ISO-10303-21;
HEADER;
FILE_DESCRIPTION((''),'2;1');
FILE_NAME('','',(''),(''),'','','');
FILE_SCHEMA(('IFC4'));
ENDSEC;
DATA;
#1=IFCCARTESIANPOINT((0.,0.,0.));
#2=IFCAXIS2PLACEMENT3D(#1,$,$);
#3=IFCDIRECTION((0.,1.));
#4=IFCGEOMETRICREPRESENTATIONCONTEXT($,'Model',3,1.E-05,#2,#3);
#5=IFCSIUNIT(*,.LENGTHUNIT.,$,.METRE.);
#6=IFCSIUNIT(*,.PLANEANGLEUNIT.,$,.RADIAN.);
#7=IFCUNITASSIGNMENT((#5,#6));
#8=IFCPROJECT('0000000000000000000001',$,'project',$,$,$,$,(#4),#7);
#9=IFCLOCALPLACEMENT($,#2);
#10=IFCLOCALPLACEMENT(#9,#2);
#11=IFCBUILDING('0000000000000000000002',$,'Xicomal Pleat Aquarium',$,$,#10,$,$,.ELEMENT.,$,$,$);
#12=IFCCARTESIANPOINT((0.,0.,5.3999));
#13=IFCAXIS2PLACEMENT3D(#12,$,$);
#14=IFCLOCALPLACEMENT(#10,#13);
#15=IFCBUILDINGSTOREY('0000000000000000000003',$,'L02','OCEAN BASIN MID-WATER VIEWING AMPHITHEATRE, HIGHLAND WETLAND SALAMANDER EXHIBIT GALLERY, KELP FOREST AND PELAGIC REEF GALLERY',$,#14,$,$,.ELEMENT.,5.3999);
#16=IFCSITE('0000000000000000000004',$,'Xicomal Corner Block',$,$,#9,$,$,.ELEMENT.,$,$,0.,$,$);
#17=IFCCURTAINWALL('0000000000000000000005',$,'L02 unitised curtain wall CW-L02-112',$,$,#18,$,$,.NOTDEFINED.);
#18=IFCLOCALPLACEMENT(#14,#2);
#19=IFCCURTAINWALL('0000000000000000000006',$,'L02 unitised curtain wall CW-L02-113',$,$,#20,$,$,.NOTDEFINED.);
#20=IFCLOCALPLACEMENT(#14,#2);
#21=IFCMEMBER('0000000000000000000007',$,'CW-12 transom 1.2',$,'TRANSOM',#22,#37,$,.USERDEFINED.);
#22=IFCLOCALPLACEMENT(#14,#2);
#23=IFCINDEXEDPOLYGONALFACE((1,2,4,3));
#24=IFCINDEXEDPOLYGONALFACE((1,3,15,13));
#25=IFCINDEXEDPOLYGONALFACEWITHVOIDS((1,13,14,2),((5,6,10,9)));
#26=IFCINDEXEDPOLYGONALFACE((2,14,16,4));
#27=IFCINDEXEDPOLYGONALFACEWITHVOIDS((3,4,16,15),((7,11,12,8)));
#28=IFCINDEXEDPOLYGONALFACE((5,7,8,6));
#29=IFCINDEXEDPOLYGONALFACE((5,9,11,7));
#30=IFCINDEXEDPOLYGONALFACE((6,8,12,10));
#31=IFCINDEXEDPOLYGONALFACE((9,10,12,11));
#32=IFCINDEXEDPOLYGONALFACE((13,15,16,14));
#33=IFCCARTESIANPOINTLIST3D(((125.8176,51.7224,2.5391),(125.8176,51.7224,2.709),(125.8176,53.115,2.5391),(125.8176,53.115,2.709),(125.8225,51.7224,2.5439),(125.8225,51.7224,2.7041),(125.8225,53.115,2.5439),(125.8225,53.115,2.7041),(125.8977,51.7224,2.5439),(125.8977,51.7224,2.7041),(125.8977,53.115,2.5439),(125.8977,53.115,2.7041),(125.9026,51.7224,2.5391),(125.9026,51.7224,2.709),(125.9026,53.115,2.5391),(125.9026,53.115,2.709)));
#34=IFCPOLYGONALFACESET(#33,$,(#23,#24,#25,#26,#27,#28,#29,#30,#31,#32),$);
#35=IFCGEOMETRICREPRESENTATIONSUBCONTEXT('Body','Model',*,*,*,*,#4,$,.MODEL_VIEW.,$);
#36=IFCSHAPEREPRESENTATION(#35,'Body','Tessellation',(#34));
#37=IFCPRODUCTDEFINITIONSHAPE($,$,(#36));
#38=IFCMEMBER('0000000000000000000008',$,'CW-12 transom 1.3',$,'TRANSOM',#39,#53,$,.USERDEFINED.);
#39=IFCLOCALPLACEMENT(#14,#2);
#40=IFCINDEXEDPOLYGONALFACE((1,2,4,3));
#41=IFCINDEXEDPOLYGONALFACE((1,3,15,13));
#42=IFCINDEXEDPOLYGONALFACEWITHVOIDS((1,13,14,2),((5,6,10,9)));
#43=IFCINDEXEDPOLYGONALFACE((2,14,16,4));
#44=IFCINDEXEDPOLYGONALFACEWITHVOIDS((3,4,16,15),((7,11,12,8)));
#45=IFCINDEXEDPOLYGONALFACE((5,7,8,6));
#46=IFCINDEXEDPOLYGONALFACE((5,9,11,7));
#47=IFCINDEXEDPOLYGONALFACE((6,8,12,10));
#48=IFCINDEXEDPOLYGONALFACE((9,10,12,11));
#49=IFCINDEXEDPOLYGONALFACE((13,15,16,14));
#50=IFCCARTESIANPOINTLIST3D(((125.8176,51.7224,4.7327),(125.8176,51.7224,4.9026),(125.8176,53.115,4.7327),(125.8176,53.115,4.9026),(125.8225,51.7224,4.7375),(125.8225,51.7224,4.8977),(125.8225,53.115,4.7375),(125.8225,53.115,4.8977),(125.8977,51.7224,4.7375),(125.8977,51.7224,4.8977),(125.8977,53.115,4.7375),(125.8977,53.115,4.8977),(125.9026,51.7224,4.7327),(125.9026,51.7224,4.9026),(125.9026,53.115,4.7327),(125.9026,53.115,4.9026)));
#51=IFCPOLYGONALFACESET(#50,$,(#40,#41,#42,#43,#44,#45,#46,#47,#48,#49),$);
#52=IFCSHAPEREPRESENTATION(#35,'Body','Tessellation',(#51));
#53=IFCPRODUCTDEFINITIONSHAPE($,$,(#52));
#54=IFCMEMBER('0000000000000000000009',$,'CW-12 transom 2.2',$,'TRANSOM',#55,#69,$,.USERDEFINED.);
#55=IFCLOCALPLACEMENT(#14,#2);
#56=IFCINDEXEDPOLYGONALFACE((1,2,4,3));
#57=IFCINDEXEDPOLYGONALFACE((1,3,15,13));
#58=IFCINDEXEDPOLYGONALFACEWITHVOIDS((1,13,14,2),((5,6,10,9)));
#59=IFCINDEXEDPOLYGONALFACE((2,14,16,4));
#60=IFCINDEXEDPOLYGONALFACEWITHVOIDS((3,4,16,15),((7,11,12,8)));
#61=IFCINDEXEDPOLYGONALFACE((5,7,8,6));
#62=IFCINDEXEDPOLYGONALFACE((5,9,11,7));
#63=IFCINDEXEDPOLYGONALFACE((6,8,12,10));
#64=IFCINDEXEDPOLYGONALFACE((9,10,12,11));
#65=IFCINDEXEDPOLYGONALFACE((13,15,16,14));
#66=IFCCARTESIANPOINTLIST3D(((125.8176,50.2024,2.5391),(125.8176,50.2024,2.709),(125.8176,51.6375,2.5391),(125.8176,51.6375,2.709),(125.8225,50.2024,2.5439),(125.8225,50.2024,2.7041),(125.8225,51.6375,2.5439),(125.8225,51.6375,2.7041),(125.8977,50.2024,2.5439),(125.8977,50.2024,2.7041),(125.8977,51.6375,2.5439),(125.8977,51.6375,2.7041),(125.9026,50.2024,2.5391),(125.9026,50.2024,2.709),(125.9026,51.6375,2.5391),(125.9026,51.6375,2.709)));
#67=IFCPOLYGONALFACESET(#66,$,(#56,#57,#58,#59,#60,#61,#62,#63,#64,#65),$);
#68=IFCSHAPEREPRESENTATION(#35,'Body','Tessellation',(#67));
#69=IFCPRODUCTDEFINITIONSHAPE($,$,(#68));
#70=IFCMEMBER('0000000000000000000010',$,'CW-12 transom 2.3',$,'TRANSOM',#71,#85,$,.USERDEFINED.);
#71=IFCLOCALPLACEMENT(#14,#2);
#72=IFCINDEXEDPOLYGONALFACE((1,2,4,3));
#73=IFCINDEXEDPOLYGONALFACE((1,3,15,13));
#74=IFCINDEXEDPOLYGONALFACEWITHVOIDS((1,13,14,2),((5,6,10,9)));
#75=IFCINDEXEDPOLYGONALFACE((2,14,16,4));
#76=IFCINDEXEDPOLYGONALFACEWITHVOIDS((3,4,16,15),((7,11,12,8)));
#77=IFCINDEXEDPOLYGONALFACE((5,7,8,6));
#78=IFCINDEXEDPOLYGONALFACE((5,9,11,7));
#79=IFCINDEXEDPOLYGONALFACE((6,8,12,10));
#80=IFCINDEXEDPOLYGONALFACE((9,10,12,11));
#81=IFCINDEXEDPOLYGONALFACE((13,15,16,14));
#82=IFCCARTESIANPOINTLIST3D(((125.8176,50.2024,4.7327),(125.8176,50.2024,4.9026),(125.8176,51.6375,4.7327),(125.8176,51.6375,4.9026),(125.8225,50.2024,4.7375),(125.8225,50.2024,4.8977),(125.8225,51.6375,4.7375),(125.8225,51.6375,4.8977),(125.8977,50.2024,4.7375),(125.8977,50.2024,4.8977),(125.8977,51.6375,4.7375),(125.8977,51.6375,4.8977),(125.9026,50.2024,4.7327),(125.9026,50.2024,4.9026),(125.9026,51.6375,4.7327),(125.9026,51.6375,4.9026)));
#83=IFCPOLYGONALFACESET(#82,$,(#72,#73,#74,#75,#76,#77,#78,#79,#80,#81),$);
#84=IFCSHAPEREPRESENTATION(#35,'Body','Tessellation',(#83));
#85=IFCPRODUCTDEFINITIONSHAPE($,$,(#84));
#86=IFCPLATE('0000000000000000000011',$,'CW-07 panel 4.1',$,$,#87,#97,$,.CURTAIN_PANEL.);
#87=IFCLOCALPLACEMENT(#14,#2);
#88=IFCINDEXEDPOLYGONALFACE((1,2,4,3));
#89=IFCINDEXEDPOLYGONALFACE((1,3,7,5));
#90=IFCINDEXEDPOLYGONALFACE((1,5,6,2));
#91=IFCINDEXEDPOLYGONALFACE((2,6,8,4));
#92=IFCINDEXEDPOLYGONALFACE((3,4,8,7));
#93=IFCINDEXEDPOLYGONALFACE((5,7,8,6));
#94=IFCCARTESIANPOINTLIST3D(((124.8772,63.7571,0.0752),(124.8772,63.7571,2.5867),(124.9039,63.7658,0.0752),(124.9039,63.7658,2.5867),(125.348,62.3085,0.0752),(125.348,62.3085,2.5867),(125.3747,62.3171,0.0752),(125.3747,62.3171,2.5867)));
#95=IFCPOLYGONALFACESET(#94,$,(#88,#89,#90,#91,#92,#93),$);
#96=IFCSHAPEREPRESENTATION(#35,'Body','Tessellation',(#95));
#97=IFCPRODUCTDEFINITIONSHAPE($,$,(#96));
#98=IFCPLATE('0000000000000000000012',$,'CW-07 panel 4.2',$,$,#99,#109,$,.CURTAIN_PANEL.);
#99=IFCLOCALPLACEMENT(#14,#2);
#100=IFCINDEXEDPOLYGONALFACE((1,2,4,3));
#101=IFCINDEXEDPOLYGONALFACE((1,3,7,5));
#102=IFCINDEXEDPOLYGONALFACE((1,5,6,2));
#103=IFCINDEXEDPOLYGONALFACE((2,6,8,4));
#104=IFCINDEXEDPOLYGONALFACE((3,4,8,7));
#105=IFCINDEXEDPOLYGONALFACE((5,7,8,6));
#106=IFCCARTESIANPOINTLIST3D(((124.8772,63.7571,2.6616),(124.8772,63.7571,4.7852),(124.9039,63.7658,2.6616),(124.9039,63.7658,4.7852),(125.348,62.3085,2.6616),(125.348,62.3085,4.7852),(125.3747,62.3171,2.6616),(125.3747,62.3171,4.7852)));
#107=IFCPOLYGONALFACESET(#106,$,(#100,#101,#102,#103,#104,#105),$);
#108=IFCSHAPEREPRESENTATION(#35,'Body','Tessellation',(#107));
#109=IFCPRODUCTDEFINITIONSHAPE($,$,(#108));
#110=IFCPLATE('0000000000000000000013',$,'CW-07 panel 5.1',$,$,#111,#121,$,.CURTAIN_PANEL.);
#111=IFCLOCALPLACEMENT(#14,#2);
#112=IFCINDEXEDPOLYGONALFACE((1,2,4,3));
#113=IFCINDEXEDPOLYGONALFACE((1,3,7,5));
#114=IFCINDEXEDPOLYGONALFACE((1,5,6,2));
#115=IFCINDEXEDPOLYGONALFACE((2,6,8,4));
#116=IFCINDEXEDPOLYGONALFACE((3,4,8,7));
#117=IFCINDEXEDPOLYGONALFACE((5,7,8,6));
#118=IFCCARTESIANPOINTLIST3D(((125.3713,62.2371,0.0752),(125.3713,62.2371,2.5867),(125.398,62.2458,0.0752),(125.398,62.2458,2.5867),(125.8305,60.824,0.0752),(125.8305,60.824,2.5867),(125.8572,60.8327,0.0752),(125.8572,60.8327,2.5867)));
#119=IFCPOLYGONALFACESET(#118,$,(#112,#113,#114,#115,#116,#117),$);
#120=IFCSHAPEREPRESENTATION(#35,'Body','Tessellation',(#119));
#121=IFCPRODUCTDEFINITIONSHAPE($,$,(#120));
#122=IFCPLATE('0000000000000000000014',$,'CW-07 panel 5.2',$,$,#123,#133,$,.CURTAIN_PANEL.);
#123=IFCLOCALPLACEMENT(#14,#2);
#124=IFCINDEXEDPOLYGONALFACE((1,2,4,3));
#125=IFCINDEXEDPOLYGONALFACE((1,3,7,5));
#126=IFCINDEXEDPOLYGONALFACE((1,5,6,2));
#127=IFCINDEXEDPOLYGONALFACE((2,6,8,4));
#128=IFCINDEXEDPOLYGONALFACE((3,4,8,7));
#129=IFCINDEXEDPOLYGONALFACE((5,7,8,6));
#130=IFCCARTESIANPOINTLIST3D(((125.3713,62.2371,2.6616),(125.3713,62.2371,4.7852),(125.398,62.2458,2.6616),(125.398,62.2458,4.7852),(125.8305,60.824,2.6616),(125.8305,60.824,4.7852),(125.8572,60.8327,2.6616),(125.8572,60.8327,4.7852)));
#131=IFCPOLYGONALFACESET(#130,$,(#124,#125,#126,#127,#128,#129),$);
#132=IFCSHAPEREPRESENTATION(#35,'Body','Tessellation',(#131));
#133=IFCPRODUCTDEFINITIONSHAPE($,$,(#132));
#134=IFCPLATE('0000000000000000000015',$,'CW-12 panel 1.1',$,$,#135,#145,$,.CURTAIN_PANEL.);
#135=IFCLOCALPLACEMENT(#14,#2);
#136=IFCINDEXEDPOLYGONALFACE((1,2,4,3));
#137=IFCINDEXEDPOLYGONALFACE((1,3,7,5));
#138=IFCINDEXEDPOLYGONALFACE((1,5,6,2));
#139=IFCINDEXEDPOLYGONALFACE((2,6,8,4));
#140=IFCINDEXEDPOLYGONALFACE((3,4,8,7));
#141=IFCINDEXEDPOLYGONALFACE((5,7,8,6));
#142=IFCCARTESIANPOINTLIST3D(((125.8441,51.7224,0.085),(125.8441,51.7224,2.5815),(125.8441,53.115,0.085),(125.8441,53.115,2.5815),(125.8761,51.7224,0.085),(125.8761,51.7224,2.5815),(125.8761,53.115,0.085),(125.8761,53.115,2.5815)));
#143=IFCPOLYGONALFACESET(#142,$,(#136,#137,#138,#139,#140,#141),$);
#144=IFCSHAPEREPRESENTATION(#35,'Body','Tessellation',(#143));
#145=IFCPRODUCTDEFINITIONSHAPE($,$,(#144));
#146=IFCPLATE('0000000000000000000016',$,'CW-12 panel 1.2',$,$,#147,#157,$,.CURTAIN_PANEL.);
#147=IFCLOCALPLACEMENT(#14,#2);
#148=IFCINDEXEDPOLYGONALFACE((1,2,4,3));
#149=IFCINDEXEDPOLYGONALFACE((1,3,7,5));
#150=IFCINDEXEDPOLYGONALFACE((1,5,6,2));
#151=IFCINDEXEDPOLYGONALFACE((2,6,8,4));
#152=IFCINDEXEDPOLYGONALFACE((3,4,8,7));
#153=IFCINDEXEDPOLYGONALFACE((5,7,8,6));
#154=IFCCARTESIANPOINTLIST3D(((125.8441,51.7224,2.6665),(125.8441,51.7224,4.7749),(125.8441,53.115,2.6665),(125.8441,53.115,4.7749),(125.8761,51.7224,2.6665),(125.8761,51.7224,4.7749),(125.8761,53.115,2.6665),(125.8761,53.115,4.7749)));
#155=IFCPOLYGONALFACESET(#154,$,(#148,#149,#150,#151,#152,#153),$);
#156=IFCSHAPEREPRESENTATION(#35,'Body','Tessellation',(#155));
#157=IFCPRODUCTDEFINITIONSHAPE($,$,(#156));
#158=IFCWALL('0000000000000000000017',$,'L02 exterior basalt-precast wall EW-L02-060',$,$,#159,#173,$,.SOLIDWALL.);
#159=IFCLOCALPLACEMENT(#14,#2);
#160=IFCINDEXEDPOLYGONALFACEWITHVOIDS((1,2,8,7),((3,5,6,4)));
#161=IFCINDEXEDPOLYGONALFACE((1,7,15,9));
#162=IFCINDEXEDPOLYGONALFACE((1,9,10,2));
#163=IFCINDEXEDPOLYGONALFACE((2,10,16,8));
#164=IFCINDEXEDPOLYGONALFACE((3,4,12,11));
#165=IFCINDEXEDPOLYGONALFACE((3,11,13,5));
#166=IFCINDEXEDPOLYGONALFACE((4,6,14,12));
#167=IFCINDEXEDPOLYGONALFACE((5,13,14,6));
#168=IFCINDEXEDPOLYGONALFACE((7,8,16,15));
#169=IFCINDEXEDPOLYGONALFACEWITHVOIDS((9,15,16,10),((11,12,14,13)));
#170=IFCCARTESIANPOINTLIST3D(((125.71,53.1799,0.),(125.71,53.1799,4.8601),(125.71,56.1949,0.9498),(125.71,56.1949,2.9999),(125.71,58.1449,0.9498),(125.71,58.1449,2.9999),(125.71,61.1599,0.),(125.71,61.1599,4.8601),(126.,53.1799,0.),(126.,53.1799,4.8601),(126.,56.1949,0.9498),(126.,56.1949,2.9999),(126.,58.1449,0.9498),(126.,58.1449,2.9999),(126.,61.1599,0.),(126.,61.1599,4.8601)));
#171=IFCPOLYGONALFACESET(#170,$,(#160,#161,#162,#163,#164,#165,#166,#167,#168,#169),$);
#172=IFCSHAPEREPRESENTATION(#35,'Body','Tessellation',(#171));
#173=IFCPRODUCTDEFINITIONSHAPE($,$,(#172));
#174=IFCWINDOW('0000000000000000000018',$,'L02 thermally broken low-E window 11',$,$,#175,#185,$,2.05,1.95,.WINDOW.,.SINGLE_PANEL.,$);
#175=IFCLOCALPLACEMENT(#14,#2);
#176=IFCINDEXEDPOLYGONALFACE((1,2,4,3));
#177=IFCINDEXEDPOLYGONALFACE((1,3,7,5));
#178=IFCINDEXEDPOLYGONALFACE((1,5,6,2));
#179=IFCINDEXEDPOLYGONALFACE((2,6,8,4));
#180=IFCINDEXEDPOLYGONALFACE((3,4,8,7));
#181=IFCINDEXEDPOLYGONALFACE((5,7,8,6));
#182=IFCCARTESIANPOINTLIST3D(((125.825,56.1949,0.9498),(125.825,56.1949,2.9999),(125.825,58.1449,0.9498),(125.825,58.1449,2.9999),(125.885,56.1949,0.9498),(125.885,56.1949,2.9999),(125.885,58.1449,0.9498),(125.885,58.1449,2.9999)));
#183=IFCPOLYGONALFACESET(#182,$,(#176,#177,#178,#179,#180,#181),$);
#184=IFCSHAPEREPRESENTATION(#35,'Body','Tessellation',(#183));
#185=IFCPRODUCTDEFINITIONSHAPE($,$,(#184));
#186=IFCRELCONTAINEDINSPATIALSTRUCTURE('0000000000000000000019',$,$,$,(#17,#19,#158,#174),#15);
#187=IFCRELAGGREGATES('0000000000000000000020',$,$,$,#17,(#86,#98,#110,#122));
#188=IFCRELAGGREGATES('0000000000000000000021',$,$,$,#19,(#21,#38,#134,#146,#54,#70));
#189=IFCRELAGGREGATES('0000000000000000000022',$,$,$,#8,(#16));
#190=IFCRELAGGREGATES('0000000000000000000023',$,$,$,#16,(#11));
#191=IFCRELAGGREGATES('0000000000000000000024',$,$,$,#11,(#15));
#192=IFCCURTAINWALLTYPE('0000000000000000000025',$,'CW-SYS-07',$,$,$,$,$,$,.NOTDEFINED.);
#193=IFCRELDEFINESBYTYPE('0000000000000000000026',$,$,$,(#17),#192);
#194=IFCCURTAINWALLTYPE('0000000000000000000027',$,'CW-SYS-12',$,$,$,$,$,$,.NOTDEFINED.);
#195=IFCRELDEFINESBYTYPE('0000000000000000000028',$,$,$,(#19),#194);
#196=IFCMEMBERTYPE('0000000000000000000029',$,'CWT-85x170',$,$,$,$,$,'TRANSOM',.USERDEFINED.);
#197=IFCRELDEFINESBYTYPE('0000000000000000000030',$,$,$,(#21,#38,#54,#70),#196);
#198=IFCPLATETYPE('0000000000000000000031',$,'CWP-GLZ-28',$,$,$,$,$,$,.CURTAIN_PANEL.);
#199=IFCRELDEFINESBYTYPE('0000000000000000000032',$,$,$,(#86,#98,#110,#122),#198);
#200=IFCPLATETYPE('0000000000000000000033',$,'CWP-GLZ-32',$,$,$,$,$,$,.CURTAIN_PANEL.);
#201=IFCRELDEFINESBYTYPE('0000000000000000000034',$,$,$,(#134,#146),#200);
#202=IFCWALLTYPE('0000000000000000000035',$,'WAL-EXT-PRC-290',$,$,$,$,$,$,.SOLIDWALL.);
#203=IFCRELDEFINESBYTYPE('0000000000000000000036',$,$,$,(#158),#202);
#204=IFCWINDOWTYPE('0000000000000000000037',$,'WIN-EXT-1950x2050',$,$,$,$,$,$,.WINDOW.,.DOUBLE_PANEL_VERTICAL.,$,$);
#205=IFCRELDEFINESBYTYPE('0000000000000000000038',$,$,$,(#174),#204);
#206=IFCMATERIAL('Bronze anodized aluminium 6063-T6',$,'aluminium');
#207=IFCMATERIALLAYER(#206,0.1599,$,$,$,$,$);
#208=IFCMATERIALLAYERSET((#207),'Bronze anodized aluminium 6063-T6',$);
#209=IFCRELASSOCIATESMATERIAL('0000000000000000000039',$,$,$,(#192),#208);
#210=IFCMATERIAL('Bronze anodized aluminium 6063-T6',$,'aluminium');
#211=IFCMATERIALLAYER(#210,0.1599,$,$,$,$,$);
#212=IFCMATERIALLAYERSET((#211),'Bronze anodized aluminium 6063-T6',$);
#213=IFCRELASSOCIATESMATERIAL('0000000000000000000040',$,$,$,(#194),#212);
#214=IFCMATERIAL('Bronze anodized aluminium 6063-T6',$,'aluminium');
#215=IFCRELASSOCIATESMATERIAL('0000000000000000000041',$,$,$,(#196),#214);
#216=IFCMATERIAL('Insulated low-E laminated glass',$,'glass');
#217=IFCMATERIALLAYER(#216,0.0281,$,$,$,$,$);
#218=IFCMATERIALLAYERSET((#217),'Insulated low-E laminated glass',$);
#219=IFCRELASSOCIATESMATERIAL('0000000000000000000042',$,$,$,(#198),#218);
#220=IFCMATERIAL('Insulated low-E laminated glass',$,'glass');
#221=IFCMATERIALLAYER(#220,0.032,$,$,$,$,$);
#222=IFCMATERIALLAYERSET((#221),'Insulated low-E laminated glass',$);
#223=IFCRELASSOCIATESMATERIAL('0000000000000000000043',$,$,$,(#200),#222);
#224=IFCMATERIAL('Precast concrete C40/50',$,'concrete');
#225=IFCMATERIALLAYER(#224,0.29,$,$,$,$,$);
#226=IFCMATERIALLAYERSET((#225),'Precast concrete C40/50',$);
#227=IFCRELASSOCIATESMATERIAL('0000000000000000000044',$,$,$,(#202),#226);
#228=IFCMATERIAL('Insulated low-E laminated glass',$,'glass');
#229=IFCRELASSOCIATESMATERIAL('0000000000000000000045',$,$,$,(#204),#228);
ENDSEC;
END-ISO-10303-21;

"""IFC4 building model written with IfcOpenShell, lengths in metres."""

from ifc_helpers import new_model, si_unit, direction, frame, frame_2d, origin, origin_2d, place, context, subcontext, project, spatial, rectangle, hollow_rectangle, extrude, material, layer, layer_set, material_profile, profile_set, type_object, element, fill, aggregate, save


model = new_model("IFC4")

# Units and contexts
model_context = context("Model", 3, precision=1e-05, world=origin(), true_north=direction((0.0, 1.0)))
body_context = subcontext(model_context, "Body", "Model", "MODEL_VIEW")
ifc_project = project(units=[si_unit("LENGTHUNIT", "METRE"), si_unit("PLANEANGLEUNIT", "RADIAN")], contexts=[model_context])

# Site, building, storey
site_placement = place(None, origin())
site = spatial("IfcSite", under=ifc_project, at=site_placement, Name="Xicomal Corner Block", CompositionType="ELEMENT", RefElevation=0.0)
building_placement = place(site_placement, origin())
building = spatial("IfcBuilding", under=site, at=building_placement, Name="Xicomal Pleat Aquarium", CompositionType="ELEMENT")
storey_placement = place(building_placement, frame((0.0, 0.0, 5.3999)))
storey = spatial("IfcBuildingStorey", under=building, at=storey_placement, Name="L02", Description="OCEAN BASIN MID-WATER VIEWING AMPHITHEATRE, HIGHLAND WETLAND SALAMANDER EXHIBIT GALLERY, KELP FOREST AND PELAGIC REEF GALLERY", CompositionType="ELEMENT", Elevation=5.3999)

# Curtain walls
ifc_material_1 = material(Name="Bronze anodized aluminium 6063-T6", Category="aluminium")
ifc_layer_1 = layer(ifc_material_1, 0.1599)
ifc_layer_set_1 = layer_set([ifc_layer_1], Name="Bronze anodized aluminium 6063-T6")
curtain_wall_type_1 = type_object("IfcCurtainWallType", Name="CW-SYS-07", PredefinedType="NOTDEFINED", material=ifc_layer_set_1)
curtain_wall_1_placement = place(storey_placement, origin())
curtain_wall_1 = element("IfcCurtainWall", 1, at=curtain_wall_1_placement, inside=storey, type_object=curtain_wall_type_1, Name="L02 unitised curtain wall CW-L02-112", PredefinedType="NOTDEFINED")
ifc_material_2 = material(Name="Bronze anodized aluminium 6063-T6", Category="aluminium")
ifc_layer_2 = layer(ifc_material_2, 0.1599)
ifc_layer_set_2 = layer_set([ifc_layer_2], Name="Bronze anodized aluminium 6063-T6")
curtain_wall_type_2 = type_object("IfcCurtainWallType", Name="CW-SYS-12", PredefinedType="NOTDEFINED", material=ifc_layer_set_2)
curtain_wall_2_placement = place(storey_placement, origin())
curtain_wall_2 = element("IfcCurtainWall", 2, at=curtain_wall_2_placement, inside=storey, type_object=curtain_wall_type_2, Name="L02 unitised curtain wall CW-L02-113", PredefinedType="NOTDEFINED")

# Members
ifc_material_3 = material(Name="Bronze anodized aluminium 6063-T6", Category="aluminium")
ifc_material_profile_1 = material_profile(ifc_material_3, hollow_rectangle(XDim=0.085, YDim=0.1699, WallThickness=0.0049, at=origin_2d()), Name="ALU TRAN 85x170")
ifc_profile_set_1 = profile_set([ifc_material_profile_1], Name="Bronze anodized aluminium 6063-T6")
member_type_1 = type_object("IfcMemberType", Name="CWT-85x170", ElementType="TRANSOM", PredefinedType="USERDEFINED", material=ifc_profile_set_1)
member_1_placement = place(storey_placement, frame((125.8601, 53.115, 2.624), z_axis=(0.0, -1.0, 0.0), x_axis=(1.0, 0.0, 0.0)))
member_1 = element("IfcMember", 3, at=member_1_placement, type_object=member_type_1, Name="CW-12 transom 1.2", ObjectType="TRANSOM", PredefinedType="USERDEFINED", context=body_context, shape_type="SweptSolid", body=[
    extrude(hollow_rectangle(XDim=0.085, YDim=0.1699, WallThickness=0.0049, at=origin_2d()), origin(), (0.0, 0.0, 1.0), 1.3926),
])
member_2_placement = place(storey_placement, frame((125.8601, 53.115, 4.8176), z_axis=(0.0, -1.0, 0.0), x_axis=(1.0, 0.0, 0.0)))
member_2 = element("IfcMember", 4, at=member_2_placement, type_object=member_type_1, Name="CW-12 transom 1.3", ObjectType="TRANSOM", PredefinedType="USERDEFINED", context=body_context, shape_type="SweptSolid", body=[
    extrude(hollow_rectangle(XDim=0.085, YDim=0.1699, WallThickness=0.0049, at=origin_2d()), origin(), (0.0, 0.0, 1.0), 1.3926),
])
member_3_placement = place(storey_placement, frame((125.8601, 51.6375, 2.624), z_axis=(0.0, -1.0, 0.0), x_axis=(1.0, 0.0, 0.0)))
member_3 = element("IfcMember", 5, at=member_3_placement, type_object=member_type_1, Name="CW-12 transom 2.2", ObjectType="TRANSOM", PredefinedType="USERDEFINED", context=body_context, shape_type="SweptSolid", body=[
    extrude(hollow_rectangle(XDim=0.085, YDim=0.1699, WallThickness=0.0049, at=origin_2d()), origin(), (0.0, 0.0, 1.0), 1.4351),
])
member_4_placement = place(storey_placement, frame((125.8601, 51.6375, 4.8176), z_axis=(0.0, -1.0, 0.0), x_axis=(1.0, 0.0, 0.0)))
member_4 = element("IfcMember", 6, at=member_4_placement, type_object=member_type_1, Name="CW-12 transom 2.3", ObjectType="TRANSOM", PredefinedType="USERDEFINED", context=body_context, shape_type="SweptSolid", body=[
    extrude(hollow_rectangle(XDim=0.085, YDim=0.1699, WallThickness=0.0049, at=origin_2d()), origin(), (0.0, 0.0, 1.0), 1.4351),
])

# Plates
ifc_material_4 = material(Name="Insulated low-E laminated glass", Category="glass")
ifc_layer_3 = layer(ifc_material_4, 0.0281)
ifc_layer_set_3 = layer_set([ifc_layer_3], Name="Insulated low-E laminated glass")
plate_type_1 = type_object("IfcPlateType", Name="CWP-GLZ-28", PredefinedType="CURTAIN_PANEL", material=ifc_layer_set_3)
plate_1_placement = place(storey_placement, frame((125.126, 63.0371, 0.0752), z_axis=(0.0, 0.0, 1.0), x_axis=(0.309086, -0.951034, 0.0)))
plate_1 = element("IfcPlate", 7, at=plate_1_placement, type_object=plate_type_1, Name="CW-07 panel 4.1", PredefinedType="CURTAIN_PANEL", context=body_context, shape_type="SweptSolid", body=[
    extrude(rectangle(XDim=1.5232, YDim=0.0281, at=origin_2d()), origin(), (0.0, 0.0, 1.0), 2.5115),
])
plate_2_placement = place(storey_placement, frame((125.126, 63.0371, 2.6616), z_axis=(0.0, 0.0, 1.0), x_axis=(0.309086, -0.951034, 0.0)))
plate_2 = element("IfcPlate", 8, at=plate_2_placement, type_object=plate_type_1, Name="CW-07 panel 4.2", PredefinedType="CURTAIN_PANEL", context=body_context, shape_type="SweptSolid", body=[
    extrude(rectangle(XDim=1.5232, YDim=0.0281, at=origin_2d()), origin(), (0.0, 0.0, 1.0), 2.1235),
])
plate_3_placement = place(storey_placement, frame((125.6143, 61.5349, 0.0752), z_axis=(0.0, 0.0, 1.0), x_axis=(0.309086, -0.951034, 0.0)))
plate_3 = element("IfcPlate", 9, at=plate_3_placement, type_object=plate_type_1, Name="CW-07 panel 5.1", PredefinedType="CURTAIN_PANEL", context=body_context, shape_type="SweptSolid", body=[
    extrude(rectangle(XDim=1.4858, YDim=0.0281, at=origin_2d()), origin(), (0.0, 0.0, 1.0), 2.5115),
])
plate_4_placement = place(storey_placement, frame((125.6143, 61.5349, 2.6616), z_axis=(0.0, 0.0, 1.0), x_axis=(0.309086, -0.951034, 0.0)))
plate_4 = element("IfcPlate", 10, at=plate_4_placement, type_object=plate_type_1, Name="CW-07 panel 5.2", PredefinedType="CURTAIN_PANEL", context=body_context, shape_type="SweptSolid", body=[
    extrude(rectangle(XDim=1.4858, YDim=0.0281, at=origin_2d()), origin(), (0.0, 0.0, 1.0), 2.1235),
])
aggregate(curtain_wall_1, [plate_1, plate_2, plate_3, plate_4])
ifc_material_5 = material(Name="Insulated low-E laminated glass", Category="glass")
ifc_layer_4 = layer(ifc_material_5, 0.032)
ifc_layer_set_4 = layer_set([ifc_layer_4], Name="Insulated low-E laminated glass")
plate_type_2 = type_object("IfcPlateType", Name="CWP-GLZ-32", PredefinedType="CURTAIN_PANEL", material=ifc_layer_set_4)
plate_5_placement = place(storey_placement, frame((125.8601, 52.4187, 0.085), z_axis=(0.0, 0.0, 1.0), x_axis=(0.0, -1.0, 0.0)))
plate_5 = element("IfcPlate", 11, at=plate_5_placement, type_object=plate_type_2, Name="CW-12 panel 1.1", PredefinedType="CURTAIN_PANEL", context=body_context, shape_type="SweptSolid", body=[
    extrude(rectangle(XDim=1.3926, YDim=0.032, at=origin_2d()), origin(), (0.0, 0.0, 1.0), 2.4966),
])
plate_6_placement = place(storey_placement, frame((125.8601, 52.4187, 2.6665), z_axis=(0.0, 0.0, 1.0), x_axis=(0.0, -1.0, 0.0)))
plate_6 = element("IfcPlate", 12, at=plate_6_placement, type_object=plate_type_2, Name="CW-12 panel 1.2", PredefinedType="CURTAIN_PANEL", context=body_context, shape_type="SweptSolid", body=[
    extrude(rectangle(XDim=1.3926, YDim=0.032, at=origin_2d()), origin(), (0.0, 0.0, 1.0), 2.1084),
])
aggregate(curtain_wall_2, [member_1, member_2, plate_5, plate_6, member_3, member_4])

# Wall, opening, window
ifc_material_6 = material(Name="Precast concrete C40/50", Category="concrete")
ifc_layer_5 = layer(ifc_material_6, 0.29)
ifc_layer_set_5 = layer_set([ifc_layer_5], Name="Precast concrete C40/50")
wall_type = type_object("IfcWallType", Name="WAL-EXT-PRC-290", PredefinedType="SOLIDWALL", material=ifc_layer_set_5)
wall_placement = place(storey_placement, frame((125.855, 61.1599, 0.0), z_axis=(0.0, 0.0, 1.0), x_axis=(0.0, -1.0, 0.0)))
wall = element("IfcWall", 13, at=wall_placement, inside=storey, type_object=wall_type, Name="L02 exterior basalt-precast wall EW-L02-060", PredefinedType="SOLIDWALL", context=body_context, shape_type="SweptSolid", body=[
    extrude(rectangle(XDim=7.98, YDim=0.29, at=frame_2d((3.99, 0.0))), origin(), (0.0, 0.0, 1.0), 4.8601),
])
opening_placement = place(wall_placement, frame((3.0149, 0.0, 0.95)))
opening = element("IfcOpeningElement", 14, at=opening_placement, cuts=wall, PredefinedType="OPENING", context=body_context, shape_type="SweptSolid", body=[
    extrude(rectangle(XDim=1.95, YDim=2.05, at=frame_2d((0.9751, 1.0249))), frame((0.0, 0.155, 0.0), z_axis=(0.0, -1.0, 0.0), x_axis=(1.0, 0.0, 0.0)), (0.0, 0.0, 1.0), 0.3101),
])
ifc_material_7 = material(Name="Insulated low-E laminated glass", Category="glass")
window_type = type_object("IfcWindowType", Name="WIN-EXT-1950x2050", PartitioningType="DOUBLE_PANEL_VERTICAL", PredefinedType="WINDOW", material=ifc_material_7)
window_placement = place(opening_placement, origin())
window = element("IfcWindow", 15, at=window_placement, inside=storey, type_object=window_type, Name="L02 thermally broken low-E window 11", OverallHeight=2.05, OverallWidth=1.95, PartitioningType="SINGLE_PANEL", PredefinedType="WINDOW", context=body_context, shape_type="SweptSolid", body=[
    extrude(rectangle(XDim=1.95, YDim=2.05, at=frame_2d((0.9751, 1.0249))), frame((0.0, 0.03, 0.0), z_axis=(0.0, -1.0, 0.0), x_axis=(1.0, 0.0, 0.0)), (0.0, 0.0, 1.0), 0.0601),
])
fill(opening, window)

save(model, "model.ifc")
